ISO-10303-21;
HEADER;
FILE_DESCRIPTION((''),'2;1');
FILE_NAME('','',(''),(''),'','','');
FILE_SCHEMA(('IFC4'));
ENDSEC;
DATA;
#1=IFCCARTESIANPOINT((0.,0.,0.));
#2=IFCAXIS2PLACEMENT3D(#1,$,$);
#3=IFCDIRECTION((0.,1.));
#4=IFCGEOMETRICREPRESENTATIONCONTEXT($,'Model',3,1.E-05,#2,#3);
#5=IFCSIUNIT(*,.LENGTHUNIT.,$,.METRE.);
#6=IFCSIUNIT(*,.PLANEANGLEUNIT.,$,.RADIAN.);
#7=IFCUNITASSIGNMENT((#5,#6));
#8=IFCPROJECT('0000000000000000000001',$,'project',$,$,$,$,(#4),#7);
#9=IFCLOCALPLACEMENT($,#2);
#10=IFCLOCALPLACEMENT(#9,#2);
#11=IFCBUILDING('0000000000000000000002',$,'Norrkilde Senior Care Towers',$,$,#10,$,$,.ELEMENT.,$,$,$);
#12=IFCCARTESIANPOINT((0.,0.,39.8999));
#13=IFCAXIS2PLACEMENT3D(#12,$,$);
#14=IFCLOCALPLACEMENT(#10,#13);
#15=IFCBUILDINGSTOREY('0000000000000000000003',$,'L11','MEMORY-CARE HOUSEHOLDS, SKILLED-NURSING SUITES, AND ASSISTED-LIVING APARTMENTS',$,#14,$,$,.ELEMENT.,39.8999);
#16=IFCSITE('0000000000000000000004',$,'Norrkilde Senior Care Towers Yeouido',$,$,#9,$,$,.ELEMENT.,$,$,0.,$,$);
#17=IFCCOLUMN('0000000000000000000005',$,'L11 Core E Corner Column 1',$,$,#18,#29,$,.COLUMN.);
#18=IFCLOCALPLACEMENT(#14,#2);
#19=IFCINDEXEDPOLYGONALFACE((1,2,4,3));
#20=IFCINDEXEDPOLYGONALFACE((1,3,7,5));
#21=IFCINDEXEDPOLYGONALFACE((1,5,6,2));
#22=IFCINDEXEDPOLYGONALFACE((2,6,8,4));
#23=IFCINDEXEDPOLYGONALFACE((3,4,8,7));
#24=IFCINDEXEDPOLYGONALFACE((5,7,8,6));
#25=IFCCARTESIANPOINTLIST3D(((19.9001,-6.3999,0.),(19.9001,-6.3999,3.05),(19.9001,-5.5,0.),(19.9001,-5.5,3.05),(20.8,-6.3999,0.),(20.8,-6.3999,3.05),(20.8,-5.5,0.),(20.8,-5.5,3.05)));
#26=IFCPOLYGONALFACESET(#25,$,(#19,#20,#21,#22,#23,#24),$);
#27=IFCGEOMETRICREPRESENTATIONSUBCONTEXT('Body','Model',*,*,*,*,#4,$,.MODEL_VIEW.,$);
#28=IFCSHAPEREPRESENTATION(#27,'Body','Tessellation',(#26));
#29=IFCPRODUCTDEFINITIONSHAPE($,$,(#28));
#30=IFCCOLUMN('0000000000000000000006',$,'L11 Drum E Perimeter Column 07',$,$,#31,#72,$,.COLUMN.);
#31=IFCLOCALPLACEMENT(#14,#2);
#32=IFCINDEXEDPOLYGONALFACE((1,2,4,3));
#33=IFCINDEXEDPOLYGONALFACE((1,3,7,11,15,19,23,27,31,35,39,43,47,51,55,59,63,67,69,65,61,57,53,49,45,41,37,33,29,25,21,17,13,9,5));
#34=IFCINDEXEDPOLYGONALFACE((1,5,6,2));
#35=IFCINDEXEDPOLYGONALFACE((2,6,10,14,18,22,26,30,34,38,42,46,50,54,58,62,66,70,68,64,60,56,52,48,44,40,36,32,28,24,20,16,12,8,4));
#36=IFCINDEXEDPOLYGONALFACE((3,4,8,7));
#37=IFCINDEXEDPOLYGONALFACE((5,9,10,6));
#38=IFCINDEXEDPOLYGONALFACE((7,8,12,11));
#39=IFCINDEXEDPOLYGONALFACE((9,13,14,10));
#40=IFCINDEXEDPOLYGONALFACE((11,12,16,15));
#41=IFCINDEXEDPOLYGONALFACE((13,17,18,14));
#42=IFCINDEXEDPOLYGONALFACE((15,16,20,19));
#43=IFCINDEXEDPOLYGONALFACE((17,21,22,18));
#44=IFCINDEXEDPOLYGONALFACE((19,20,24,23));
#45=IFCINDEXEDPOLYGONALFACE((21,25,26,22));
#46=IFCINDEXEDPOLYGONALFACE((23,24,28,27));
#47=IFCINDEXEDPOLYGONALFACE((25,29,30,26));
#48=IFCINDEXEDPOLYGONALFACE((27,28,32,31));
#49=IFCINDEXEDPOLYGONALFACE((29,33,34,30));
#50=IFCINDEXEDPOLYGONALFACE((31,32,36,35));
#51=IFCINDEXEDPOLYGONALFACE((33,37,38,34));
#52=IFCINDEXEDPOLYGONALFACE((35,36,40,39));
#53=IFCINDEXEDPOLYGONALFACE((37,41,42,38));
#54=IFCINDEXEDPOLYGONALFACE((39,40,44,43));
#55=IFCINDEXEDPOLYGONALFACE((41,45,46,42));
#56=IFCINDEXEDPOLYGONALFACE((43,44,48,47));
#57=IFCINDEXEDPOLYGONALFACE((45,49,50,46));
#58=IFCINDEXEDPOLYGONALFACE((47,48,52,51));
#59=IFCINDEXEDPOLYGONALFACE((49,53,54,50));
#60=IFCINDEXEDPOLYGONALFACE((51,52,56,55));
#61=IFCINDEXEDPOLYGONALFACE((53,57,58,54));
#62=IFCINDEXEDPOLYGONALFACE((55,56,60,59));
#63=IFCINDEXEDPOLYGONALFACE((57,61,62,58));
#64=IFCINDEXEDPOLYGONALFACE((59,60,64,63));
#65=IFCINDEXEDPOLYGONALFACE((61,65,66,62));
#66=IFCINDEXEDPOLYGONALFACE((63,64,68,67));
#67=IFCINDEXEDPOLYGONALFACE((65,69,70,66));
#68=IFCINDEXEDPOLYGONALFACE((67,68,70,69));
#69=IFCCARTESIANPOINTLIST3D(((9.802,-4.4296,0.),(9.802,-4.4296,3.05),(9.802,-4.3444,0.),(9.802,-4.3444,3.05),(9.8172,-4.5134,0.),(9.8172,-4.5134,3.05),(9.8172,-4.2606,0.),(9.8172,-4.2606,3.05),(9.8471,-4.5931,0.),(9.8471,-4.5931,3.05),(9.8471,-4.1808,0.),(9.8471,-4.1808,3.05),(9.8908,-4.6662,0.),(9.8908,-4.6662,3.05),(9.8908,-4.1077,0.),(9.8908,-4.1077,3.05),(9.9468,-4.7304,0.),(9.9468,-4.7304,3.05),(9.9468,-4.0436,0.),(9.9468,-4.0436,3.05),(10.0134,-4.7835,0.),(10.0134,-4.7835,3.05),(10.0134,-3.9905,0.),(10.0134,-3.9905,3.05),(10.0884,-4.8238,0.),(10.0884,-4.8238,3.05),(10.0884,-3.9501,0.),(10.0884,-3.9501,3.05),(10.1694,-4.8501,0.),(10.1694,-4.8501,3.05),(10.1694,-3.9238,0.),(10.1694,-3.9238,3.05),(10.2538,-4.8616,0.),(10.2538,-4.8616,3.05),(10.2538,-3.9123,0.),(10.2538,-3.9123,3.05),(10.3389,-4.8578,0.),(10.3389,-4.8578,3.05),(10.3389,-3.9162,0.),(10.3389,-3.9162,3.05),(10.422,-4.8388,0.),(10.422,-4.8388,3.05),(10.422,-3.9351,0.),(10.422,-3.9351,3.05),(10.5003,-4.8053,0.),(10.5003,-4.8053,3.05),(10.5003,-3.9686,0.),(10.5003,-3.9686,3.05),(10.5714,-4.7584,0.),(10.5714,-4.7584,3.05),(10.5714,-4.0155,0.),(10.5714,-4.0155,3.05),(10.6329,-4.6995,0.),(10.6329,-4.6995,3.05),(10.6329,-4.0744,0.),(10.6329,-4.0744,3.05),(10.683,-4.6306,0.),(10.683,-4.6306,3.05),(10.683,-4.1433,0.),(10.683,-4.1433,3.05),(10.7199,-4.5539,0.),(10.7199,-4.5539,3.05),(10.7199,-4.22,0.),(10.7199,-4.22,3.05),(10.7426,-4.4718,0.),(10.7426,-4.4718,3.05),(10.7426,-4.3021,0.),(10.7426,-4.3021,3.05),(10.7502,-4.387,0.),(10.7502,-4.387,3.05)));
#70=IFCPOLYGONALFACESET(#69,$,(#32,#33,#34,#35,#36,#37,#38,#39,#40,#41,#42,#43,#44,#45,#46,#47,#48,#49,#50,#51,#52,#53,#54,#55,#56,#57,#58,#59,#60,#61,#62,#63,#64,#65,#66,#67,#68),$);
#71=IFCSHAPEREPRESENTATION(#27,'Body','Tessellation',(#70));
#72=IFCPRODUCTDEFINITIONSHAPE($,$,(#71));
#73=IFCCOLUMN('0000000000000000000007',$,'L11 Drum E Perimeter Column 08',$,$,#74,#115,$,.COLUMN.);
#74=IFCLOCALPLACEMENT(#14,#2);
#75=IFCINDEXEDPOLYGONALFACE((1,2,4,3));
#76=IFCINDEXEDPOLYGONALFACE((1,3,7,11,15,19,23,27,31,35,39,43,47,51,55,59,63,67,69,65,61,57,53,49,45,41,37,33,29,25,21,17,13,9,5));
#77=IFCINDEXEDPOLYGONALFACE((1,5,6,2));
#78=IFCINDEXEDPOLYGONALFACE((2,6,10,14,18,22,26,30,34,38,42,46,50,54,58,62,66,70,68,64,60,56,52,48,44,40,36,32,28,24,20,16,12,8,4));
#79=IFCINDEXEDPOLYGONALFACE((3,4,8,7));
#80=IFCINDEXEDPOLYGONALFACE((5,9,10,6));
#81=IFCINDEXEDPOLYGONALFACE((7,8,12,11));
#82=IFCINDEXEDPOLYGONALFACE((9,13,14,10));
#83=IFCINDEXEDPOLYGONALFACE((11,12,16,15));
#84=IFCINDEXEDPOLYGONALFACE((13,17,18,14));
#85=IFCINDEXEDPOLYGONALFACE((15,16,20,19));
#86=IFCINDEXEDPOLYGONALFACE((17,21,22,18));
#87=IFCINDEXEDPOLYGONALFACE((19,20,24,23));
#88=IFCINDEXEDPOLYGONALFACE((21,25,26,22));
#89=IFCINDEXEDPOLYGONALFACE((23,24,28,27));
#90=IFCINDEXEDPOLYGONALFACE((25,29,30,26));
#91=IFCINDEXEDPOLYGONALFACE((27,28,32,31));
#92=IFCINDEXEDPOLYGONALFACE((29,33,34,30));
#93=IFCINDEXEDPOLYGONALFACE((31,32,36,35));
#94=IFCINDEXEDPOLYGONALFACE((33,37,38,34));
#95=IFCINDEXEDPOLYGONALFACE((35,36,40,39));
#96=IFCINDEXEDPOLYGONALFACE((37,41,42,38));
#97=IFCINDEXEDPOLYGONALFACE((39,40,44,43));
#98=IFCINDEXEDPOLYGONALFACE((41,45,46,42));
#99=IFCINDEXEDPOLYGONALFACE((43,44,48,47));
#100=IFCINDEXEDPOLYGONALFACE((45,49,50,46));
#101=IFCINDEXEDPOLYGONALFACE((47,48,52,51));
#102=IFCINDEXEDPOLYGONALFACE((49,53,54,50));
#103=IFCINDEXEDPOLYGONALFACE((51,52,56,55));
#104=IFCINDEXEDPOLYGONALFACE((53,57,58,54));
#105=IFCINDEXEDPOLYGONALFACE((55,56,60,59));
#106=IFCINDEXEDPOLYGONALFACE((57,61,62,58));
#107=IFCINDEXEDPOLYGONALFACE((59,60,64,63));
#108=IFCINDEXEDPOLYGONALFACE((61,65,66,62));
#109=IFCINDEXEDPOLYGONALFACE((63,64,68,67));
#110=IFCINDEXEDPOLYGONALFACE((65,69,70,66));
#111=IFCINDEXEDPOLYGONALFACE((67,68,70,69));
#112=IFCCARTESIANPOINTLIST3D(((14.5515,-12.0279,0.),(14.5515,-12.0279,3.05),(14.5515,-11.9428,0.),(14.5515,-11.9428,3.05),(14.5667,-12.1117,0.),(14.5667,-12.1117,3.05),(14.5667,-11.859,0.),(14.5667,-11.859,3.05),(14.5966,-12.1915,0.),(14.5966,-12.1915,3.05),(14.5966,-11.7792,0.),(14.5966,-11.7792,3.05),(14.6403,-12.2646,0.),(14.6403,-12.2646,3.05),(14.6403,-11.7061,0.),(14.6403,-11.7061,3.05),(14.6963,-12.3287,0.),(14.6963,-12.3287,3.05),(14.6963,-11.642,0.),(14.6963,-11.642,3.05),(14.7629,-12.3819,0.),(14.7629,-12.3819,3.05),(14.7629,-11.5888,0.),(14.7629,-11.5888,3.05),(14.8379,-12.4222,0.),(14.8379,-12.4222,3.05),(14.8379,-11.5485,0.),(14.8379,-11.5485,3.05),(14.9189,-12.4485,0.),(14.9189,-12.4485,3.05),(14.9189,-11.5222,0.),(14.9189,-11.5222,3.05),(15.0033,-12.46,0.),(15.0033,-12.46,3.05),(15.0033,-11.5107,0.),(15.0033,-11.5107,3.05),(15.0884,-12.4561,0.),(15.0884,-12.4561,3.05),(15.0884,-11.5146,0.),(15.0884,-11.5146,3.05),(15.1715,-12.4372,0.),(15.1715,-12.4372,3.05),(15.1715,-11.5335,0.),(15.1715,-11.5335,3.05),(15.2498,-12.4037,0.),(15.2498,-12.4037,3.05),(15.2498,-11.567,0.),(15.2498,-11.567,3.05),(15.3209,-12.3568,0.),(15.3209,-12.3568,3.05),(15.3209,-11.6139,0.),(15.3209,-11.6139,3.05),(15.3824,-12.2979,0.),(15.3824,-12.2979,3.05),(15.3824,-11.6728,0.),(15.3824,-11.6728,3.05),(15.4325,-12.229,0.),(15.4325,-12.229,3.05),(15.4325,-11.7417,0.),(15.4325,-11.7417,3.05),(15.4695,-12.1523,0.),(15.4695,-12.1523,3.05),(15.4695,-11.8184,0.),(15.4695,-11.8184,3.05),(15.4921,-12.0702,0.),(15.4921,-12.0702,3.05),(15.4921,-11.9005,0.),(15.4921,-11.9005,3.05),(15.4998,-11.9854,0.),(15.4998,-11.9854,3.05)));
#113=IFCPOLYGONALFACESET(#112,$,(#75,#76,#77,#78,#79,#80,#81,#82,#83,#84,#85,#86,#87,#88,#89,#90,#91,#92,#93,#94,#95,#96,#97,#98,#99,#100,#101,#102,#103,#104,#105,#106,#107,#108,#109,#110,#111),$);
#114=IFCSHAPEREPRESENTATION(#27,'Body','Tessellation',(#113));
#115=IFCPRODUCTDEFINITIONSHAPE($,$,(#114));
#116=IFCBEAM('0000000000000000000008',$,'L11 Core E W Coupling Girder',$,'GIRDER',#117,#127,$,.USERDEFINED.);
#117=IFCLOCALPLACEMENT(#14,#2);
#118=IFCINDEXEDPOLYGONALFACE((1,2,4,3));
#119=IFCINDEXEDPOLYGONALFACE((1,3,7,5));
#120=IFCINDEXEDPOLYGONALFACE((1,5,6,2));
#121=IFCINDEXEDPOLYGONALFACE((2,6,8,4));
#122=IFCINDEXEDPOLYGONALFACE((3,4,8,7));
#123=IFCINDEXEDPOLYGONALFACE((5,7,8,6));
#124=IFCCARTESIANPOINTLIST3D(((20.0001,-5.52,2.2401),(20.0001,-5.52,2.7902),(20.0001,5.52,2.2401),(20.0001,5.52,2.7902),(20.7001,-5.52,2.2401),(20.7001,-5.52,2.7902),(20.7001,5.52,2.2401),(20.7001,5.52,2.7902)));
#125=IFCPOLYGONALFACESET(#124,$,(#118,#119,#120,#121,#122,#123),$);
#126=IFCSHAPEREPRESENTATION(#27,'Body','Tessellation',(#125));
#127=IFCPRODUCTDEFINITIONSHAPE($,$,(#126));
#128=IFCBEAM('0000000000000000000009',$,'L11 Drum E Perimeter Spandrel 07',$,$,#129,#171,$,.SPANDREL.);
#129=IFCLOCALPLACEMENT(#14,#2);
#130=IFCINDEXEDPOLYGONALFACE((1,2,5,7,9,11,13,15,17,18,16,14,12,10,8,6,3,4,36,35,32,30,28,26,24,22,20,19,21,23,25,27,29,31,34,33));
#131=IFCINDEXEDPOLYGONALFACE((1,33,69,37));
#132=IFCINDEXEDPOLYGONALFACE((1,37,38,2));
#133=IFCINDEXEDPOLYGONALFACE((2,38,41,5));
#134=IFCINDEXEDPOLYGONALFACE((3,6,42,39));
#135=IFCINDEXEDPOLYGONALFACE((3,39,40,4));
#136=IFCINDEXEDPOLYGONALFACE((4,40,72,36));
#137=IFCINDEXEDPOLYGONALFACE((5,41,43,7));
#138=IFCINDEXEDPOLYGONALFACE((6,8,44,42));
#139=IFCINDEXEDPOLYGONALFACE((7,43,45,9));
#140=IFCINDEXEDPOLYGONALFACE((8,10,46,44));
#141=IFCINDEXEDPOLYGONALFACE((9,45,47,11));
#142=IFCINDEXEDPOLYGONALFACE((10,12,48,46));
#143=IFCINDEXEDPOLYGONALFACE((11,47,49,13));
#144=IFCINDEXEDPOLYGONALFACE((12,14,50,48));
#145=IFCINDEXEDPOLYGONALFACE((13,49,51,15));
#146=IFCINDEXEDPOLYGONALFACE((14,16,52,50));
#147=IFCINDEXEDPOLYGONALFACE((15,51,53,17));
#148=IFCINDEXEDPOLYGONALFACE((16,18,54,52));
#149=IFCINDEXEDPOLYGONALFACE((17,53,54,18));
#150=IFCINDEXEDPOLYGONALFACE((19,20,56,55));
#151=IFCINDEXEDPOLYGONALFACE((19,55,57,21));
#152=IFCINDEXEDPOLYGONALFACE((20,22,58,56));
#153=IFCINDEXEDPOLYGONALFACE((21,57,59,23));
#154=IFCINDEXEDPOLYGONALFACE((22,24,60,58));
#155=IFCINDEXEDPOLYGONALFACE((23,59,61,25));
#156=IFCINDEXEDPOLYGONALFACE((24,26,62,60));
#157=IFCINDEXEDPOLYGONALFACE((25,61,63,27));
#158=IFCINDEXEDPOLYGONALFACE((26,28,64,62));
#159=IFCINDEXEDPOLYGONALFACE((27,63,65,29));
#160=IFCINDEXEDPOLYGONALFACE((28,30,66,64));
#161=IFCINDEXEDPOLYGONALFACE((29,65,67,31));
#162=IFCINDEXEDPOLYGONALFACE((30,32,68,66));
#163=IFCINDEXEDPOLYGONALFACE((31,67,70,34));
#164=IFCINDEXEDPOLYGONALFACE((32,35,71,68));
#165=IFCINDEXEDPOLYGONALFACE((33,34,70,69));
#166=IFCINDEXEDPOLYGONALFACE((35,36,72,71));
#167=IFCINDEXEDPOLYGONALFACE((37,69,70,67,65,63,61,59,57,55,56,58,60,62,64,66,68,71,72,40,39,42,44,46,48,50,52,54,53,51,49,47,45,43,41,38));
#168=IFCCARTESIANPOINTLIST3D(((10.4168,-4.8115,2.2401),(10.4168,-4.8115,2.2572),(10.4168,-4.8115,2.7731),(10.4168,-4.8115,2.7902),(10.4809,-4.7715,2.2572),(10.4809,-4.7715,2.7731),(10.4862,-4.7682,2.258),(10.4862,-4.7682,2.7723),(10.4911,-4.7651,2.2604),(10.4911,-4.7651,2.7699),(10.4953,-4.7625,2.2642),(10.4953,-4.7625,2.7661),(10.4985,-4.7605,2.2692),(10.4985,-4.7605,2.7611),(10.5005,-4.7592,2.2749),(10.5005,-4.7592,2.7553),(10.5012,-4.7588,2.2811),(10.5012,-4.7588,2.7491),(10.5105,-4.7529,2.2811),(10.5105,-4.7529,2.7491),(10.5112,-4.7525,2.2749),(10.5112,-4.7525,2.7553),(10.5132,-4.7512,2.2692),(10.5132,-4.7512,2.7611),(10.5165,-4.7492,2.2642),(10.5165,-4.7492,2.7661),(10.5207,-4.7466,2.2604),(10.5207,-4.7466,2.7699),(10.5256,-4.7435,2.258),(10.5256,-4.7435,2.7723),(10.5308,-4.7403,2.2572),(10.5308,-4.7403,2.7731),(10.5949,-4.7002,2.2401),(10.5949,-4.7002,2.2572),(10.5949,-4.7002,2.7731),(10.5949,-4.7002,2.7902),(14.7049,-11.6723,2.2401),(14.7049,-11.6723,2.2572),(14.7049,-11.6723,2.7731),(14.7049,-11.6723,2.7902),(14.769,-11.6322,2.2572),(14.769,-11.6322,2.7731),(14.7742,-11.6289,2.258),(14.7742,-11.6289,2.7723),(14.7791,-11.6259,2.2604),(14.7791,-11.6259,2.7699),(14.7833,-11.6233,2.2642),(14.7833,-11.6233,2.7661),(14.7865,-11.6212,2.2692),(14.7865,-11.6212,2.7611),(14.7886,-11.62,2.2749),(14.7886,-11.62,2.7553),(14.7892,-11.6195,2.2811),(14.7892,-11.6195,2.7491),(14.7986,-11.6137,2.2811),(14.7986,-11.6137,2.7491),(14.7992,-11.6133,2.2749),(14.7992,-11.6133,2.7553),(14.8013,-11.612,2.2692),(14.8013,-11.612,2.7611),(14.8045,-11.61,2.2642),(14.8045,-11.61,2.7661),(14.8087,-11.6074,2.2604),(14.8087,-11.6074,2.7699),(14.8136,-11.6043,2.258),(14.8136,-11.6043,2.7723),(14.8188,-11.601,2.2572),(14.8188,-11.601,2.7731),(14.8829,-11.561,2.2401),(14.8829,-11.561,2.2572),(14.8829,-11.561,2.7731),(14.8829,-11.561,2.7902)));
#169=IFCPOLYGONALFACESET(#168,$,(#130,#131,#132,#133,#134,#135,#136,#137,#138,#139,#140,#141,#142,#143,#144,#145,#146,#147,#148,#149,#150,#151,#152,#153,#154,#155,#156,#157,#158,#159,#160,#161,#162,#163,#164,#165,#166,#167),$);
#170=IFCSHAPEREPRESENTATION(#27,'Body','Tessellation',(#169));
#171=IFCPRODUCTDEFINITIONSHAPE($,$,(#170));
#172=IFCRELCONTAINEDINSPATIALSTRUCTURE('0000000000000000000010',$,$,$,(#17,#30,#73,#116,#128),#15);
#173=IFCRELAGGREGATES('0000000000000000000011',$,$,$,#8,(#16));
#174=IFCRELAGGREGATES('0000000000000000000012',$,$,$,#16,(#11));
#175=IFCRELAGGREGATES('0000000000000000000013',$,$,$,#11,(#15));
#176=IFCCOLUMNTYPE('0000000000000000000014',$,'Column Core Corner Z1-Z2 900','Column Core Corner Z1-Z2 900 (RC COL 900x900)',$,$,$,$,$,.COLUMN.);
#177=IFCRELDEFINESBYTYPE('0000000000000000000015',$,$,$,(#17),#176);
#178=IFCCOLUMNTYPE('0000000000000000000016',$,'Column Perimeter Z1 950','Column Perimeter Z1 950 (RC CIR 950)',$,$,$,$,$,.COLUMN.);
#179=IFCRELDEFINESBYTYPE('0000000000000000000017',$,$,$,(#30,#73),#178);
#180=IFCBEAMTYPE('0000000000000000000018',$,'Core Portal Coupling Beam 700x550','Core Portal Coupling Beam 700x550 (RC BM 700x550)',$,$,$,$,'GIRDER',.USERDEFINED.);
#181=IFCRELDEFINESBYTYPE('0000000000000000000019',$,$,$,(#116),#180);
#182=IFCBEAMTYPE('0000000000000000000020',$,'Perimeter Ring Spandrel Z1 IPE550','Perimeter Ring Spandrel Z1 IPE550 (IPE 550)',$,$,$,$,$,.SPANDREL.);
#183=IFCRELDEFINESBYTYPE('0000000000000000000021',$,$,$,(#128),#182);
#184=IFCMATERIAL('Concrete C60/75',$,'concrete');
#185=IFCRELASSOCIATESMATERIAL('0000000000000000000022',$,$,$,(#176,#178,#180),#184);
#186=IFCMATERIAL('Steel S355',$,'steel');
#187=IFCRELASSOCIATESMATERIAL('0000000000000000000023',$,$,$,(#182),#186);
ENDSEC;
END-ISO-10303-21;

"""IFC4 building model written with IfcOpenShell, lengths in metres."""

from ifc_helpers import new_model, si_unit, direction, frame, origin, origin_2d, place, context, subcontext, project, spatial, rectangle, circle, i_section, extrude, source, transform, mapped, material, material_profile, profile_set, type_object, type_shapes, element, save


model = new_model("IFC4")

# Units and contexts
model_context = context("Model", 3, precision=1e-05, world=origin(), true_north=direction((0.0, 1.0)))
body_context = subcontext(model_context, "Body", "Model", "MODEL_VIEW")
ifc_project = project(units=[si_unit("LENGTHUNIT", "METRE"), si_unit("PLANEANGLEUNIT", "RADIAN")], contexts=[model_context])

# Site, building, storey
site_placement = place(None, origin())
site = spatial("IfcSite", under=ifc_project, at=site_placement, Name="Norrkilde Senior Care Towers Yeouido", CompositionType="ELEMENT", RefElevation=0.0)
building_placement = place(site_placement, origin())
building = spatial("IfcBuilding", under=site, at=building_placement, Name="Norrkilde Senior Care Towers", CompositionType="ELEMENT")
storey_placement = place(building_placement, frame((0.0, 0.0, 39.8999)))
storey = spatial("IfcBuildingStorey", under=building, at=storey_placement, Name="L11", Description="MEMORY-CARE HOUSEHOLDS, SKILLED-NURSING SUITES, AND ASSISTED-LIVING APARTMENTS", CompositionType="ELEMENT", Elevation=39.8999)

# Columns
ifc_material_1 = material(Name="Concrete C60/75", Category="concrete")
ifc_material_profile_1 = material_profile(ifc_material_1, rectangle(XDim=0.8999, YDim=0.8999, at=origin_2d()), Name="RC COL 900x900")
ifc_profile_set_1 = profile_set([ifc_material_profile_1], Name="Concrete C60/75")
column_type_1 = type_object("IfcColumnType", Name="Column Core Corner Z1-Z2 900", Description="Column Core Corner Z1-Z2 900 (RC COL 900x900)", PredefinedType="COLUMN", material=ifc_profile_set_1)
shared_shape_1 = source(origin(), body_context, "Body", "SweptSolid", [
    extrude(rectangle(XDim=0.8999, YDim=0.8999, at=origin_2d()), origin(), (0.0, 0.0, 1.0), 3.05),
])
type_shapes(column_type_1, [shared_shape_1])
column_placement = place(storey_placement, frame((20.3501, -5.95, 0.0), z_axis=(0.0, 0.0, 1.0), x_axis=(1.0, 0.0, 0.0)))
element("IfcColumn", 1, at=column_placement, inside=storey, type_object=column_type_1, Name="L11 Core E Corner Column 1", PredefinedType="COLUMN", context=body_context, shape_type="MappedRepresentation", body=[
    mapped(shared_shape_1, transform((0.0, 0.0, 0.0), x_axis=(1.0, 0.0, 0.0), y_axis=(0.0, 1.0, 0.0), z_axis=(0.0, 0.0, 1.0), scale=1.0)),
])
ifc_material_profile_2 = material_profile(ifc_material_1, circle(Radius=0.4751, at=origin_2d()), Name="RC CIR 950")
ifc_profile_set_2 = profile_set([ifc_material_profile_2], Name="Concrete C60/75")
column_type_2 = type_object("IfcColumnType", Name="Column Perimeter Z1 950", Description="Column Perimeter Z1 950 (RC CIR 950)", PredefinedType="COLUMN", material=ifc_profile_set_2)
shared_shape_2 = source(origin(), body_context, "Body", "SweptSolid", [
    extrude(circle(Radius=0.4751, at=origin_2d()), origin(), (0.0, 0.0, 1.0), 3.05),
])
type_shapes(column_type_2, [shared_shape_2])
for number, where, z_axis, x_axis, name in (
    (2, (10.2751, -4.387, 0.0), (0.0, 0.0, 1.0), (1.0, 0.0, 0.0), "L11 Drum E Perimeter Column 07"),
    (3, (15.0247, -11.9854, 0.0), (0.0, 0.0, 1.0), (1.0, 0.0, 0.0), "L11 Drum E Perimeter Column 08"),
):
    element("IfcColumn", number, at=place(storey_placement, frame(where, z_axis=z_axis, x_axis=x_axis)), inside=storey, type_object=column_type_2, Name=name, PredefinedType="COLUMN", context=body_context, shape_type="MappedRepresentation", body=[
        mapped(shared_shape_2, transform((0.0, 0.0, 0.0), x_axis=(1.0, 0.0, 0.0), y_axis=(0.0, 1.0, 0.0), z_axis=(0.0, 0.0, 1.0), scale=1.0)),
    ])

# Beams
ifc_material_profile_3 = material_profile(ifc_material_1, rectangle(XDim=0.7, YDim=0.55, at=origin_2d()), Name="RC BM 700x550")
ifc_profile_set_3 = profile_set([ifc_material_profile_3], Name="Concrete C60/75")
beam_type_1 = type_object("IfcBeamType", Name="Core Portal Coupling Beam 700x550", Description="Core Portal Coupling Beam 700x550 (RC BM 700x550)", ElementType="GIRDER", PredefinedType="USERDEFINED", material=ifc_profile_set_3)
shared_shape_3 = source(origin(), body_context, "Body", "SweptSolid", [
    extrude(rectangle(XDim=0.7, YDim=0.55, at=origin_2d()), origin(), (0.0, 0.0, 1.0), 11.04),
])
type_shapes(beam_type_1, [shared_shape_3])
beam_1_placement = place(storey_placement, frame((20.3501, -5.52, 2.5151), z_axis=(0.0, 1.0, 0.0), x_axis=(-1.0, 0.0, 0.0)))
element("IfcBeam", 4, at=beam_1_placement, inside=storey, type_object=beam_type_1, Name="L11 Core E W Coupling Girder", ObjectType="GIRDER", PredefinedType="USERDEFINED", context=body_context, shape_type="MappedRepresentation", body=[
    mapped(shared_shape_3, transform((0.0, 0.0, 0.0), x_axis=(1.0, 0.0, 0.0), y_axis=(0.0, 1.0, 0.0), z_axis=(0.0, 0.0, 1.0), scale=1.0)),
])
ifc_material_2 = material(Name="Steel S355", Category="steel")
ifc_material_profile_4 = material_profile(ifc_material_2, i_section(OverallWidth=0.21, OverallDepth=0.55, WebThickness=0.011, FlangeThickness=0.0171, FilletRadius=0.0239, at=origin_2d()), Name="IPE 550")
ifc_profile_set_4 = profile_set([ifc_material_profile_4], Name="Steel S355")
beam_type_2 = type_object("IfcBeamType", Name="Perimeter Ring Spandrel Z1 IPE550", Description="Perimeter Ring Spandrel Z1 IPE550 (IPE 550)", PredefinedType="SPANDREL", material=ifc_profile_set_4)
shared_shape_4 = source(origin(), body_context, "Body", "SweptSolid", [
    extrude(i_section(OverallWidth=0.21, OverallDepth=0.55, WebThickness=0.011, FlangeThickness=0.0171, FilletRadius=0.0239, at=origin_2d()), origin(), (0.0, 0.0, 1.0), 8.0906),
])
beam_2_placement = place(storey_placement, frame((10.5059, -4.7559, 2.5151), z_axis=(0.530004, -0.847995, 0.0), x_axis=(0.847995, 0.530004, 0.0)))
element("IfcBeam", 5, at=beam_2_placement, inside=storey, type_object=beam_type_2, Name="L11 Drum E Perimeter Spandrel 07", PredefinedType="SPANDREL", context=body_context, shape_type="MappedRepresentation", body=[
    mapped(shared_shape_4, transform((0.0, 0.0, 0.0), x_axis=(1.0, 0.0, 0.0), y_axis=(0.0, 1.0, 0.0), z_axis=(0.0, 0.0, 1.0), scale=1.0)),
])

save(model, "model.ifc")
